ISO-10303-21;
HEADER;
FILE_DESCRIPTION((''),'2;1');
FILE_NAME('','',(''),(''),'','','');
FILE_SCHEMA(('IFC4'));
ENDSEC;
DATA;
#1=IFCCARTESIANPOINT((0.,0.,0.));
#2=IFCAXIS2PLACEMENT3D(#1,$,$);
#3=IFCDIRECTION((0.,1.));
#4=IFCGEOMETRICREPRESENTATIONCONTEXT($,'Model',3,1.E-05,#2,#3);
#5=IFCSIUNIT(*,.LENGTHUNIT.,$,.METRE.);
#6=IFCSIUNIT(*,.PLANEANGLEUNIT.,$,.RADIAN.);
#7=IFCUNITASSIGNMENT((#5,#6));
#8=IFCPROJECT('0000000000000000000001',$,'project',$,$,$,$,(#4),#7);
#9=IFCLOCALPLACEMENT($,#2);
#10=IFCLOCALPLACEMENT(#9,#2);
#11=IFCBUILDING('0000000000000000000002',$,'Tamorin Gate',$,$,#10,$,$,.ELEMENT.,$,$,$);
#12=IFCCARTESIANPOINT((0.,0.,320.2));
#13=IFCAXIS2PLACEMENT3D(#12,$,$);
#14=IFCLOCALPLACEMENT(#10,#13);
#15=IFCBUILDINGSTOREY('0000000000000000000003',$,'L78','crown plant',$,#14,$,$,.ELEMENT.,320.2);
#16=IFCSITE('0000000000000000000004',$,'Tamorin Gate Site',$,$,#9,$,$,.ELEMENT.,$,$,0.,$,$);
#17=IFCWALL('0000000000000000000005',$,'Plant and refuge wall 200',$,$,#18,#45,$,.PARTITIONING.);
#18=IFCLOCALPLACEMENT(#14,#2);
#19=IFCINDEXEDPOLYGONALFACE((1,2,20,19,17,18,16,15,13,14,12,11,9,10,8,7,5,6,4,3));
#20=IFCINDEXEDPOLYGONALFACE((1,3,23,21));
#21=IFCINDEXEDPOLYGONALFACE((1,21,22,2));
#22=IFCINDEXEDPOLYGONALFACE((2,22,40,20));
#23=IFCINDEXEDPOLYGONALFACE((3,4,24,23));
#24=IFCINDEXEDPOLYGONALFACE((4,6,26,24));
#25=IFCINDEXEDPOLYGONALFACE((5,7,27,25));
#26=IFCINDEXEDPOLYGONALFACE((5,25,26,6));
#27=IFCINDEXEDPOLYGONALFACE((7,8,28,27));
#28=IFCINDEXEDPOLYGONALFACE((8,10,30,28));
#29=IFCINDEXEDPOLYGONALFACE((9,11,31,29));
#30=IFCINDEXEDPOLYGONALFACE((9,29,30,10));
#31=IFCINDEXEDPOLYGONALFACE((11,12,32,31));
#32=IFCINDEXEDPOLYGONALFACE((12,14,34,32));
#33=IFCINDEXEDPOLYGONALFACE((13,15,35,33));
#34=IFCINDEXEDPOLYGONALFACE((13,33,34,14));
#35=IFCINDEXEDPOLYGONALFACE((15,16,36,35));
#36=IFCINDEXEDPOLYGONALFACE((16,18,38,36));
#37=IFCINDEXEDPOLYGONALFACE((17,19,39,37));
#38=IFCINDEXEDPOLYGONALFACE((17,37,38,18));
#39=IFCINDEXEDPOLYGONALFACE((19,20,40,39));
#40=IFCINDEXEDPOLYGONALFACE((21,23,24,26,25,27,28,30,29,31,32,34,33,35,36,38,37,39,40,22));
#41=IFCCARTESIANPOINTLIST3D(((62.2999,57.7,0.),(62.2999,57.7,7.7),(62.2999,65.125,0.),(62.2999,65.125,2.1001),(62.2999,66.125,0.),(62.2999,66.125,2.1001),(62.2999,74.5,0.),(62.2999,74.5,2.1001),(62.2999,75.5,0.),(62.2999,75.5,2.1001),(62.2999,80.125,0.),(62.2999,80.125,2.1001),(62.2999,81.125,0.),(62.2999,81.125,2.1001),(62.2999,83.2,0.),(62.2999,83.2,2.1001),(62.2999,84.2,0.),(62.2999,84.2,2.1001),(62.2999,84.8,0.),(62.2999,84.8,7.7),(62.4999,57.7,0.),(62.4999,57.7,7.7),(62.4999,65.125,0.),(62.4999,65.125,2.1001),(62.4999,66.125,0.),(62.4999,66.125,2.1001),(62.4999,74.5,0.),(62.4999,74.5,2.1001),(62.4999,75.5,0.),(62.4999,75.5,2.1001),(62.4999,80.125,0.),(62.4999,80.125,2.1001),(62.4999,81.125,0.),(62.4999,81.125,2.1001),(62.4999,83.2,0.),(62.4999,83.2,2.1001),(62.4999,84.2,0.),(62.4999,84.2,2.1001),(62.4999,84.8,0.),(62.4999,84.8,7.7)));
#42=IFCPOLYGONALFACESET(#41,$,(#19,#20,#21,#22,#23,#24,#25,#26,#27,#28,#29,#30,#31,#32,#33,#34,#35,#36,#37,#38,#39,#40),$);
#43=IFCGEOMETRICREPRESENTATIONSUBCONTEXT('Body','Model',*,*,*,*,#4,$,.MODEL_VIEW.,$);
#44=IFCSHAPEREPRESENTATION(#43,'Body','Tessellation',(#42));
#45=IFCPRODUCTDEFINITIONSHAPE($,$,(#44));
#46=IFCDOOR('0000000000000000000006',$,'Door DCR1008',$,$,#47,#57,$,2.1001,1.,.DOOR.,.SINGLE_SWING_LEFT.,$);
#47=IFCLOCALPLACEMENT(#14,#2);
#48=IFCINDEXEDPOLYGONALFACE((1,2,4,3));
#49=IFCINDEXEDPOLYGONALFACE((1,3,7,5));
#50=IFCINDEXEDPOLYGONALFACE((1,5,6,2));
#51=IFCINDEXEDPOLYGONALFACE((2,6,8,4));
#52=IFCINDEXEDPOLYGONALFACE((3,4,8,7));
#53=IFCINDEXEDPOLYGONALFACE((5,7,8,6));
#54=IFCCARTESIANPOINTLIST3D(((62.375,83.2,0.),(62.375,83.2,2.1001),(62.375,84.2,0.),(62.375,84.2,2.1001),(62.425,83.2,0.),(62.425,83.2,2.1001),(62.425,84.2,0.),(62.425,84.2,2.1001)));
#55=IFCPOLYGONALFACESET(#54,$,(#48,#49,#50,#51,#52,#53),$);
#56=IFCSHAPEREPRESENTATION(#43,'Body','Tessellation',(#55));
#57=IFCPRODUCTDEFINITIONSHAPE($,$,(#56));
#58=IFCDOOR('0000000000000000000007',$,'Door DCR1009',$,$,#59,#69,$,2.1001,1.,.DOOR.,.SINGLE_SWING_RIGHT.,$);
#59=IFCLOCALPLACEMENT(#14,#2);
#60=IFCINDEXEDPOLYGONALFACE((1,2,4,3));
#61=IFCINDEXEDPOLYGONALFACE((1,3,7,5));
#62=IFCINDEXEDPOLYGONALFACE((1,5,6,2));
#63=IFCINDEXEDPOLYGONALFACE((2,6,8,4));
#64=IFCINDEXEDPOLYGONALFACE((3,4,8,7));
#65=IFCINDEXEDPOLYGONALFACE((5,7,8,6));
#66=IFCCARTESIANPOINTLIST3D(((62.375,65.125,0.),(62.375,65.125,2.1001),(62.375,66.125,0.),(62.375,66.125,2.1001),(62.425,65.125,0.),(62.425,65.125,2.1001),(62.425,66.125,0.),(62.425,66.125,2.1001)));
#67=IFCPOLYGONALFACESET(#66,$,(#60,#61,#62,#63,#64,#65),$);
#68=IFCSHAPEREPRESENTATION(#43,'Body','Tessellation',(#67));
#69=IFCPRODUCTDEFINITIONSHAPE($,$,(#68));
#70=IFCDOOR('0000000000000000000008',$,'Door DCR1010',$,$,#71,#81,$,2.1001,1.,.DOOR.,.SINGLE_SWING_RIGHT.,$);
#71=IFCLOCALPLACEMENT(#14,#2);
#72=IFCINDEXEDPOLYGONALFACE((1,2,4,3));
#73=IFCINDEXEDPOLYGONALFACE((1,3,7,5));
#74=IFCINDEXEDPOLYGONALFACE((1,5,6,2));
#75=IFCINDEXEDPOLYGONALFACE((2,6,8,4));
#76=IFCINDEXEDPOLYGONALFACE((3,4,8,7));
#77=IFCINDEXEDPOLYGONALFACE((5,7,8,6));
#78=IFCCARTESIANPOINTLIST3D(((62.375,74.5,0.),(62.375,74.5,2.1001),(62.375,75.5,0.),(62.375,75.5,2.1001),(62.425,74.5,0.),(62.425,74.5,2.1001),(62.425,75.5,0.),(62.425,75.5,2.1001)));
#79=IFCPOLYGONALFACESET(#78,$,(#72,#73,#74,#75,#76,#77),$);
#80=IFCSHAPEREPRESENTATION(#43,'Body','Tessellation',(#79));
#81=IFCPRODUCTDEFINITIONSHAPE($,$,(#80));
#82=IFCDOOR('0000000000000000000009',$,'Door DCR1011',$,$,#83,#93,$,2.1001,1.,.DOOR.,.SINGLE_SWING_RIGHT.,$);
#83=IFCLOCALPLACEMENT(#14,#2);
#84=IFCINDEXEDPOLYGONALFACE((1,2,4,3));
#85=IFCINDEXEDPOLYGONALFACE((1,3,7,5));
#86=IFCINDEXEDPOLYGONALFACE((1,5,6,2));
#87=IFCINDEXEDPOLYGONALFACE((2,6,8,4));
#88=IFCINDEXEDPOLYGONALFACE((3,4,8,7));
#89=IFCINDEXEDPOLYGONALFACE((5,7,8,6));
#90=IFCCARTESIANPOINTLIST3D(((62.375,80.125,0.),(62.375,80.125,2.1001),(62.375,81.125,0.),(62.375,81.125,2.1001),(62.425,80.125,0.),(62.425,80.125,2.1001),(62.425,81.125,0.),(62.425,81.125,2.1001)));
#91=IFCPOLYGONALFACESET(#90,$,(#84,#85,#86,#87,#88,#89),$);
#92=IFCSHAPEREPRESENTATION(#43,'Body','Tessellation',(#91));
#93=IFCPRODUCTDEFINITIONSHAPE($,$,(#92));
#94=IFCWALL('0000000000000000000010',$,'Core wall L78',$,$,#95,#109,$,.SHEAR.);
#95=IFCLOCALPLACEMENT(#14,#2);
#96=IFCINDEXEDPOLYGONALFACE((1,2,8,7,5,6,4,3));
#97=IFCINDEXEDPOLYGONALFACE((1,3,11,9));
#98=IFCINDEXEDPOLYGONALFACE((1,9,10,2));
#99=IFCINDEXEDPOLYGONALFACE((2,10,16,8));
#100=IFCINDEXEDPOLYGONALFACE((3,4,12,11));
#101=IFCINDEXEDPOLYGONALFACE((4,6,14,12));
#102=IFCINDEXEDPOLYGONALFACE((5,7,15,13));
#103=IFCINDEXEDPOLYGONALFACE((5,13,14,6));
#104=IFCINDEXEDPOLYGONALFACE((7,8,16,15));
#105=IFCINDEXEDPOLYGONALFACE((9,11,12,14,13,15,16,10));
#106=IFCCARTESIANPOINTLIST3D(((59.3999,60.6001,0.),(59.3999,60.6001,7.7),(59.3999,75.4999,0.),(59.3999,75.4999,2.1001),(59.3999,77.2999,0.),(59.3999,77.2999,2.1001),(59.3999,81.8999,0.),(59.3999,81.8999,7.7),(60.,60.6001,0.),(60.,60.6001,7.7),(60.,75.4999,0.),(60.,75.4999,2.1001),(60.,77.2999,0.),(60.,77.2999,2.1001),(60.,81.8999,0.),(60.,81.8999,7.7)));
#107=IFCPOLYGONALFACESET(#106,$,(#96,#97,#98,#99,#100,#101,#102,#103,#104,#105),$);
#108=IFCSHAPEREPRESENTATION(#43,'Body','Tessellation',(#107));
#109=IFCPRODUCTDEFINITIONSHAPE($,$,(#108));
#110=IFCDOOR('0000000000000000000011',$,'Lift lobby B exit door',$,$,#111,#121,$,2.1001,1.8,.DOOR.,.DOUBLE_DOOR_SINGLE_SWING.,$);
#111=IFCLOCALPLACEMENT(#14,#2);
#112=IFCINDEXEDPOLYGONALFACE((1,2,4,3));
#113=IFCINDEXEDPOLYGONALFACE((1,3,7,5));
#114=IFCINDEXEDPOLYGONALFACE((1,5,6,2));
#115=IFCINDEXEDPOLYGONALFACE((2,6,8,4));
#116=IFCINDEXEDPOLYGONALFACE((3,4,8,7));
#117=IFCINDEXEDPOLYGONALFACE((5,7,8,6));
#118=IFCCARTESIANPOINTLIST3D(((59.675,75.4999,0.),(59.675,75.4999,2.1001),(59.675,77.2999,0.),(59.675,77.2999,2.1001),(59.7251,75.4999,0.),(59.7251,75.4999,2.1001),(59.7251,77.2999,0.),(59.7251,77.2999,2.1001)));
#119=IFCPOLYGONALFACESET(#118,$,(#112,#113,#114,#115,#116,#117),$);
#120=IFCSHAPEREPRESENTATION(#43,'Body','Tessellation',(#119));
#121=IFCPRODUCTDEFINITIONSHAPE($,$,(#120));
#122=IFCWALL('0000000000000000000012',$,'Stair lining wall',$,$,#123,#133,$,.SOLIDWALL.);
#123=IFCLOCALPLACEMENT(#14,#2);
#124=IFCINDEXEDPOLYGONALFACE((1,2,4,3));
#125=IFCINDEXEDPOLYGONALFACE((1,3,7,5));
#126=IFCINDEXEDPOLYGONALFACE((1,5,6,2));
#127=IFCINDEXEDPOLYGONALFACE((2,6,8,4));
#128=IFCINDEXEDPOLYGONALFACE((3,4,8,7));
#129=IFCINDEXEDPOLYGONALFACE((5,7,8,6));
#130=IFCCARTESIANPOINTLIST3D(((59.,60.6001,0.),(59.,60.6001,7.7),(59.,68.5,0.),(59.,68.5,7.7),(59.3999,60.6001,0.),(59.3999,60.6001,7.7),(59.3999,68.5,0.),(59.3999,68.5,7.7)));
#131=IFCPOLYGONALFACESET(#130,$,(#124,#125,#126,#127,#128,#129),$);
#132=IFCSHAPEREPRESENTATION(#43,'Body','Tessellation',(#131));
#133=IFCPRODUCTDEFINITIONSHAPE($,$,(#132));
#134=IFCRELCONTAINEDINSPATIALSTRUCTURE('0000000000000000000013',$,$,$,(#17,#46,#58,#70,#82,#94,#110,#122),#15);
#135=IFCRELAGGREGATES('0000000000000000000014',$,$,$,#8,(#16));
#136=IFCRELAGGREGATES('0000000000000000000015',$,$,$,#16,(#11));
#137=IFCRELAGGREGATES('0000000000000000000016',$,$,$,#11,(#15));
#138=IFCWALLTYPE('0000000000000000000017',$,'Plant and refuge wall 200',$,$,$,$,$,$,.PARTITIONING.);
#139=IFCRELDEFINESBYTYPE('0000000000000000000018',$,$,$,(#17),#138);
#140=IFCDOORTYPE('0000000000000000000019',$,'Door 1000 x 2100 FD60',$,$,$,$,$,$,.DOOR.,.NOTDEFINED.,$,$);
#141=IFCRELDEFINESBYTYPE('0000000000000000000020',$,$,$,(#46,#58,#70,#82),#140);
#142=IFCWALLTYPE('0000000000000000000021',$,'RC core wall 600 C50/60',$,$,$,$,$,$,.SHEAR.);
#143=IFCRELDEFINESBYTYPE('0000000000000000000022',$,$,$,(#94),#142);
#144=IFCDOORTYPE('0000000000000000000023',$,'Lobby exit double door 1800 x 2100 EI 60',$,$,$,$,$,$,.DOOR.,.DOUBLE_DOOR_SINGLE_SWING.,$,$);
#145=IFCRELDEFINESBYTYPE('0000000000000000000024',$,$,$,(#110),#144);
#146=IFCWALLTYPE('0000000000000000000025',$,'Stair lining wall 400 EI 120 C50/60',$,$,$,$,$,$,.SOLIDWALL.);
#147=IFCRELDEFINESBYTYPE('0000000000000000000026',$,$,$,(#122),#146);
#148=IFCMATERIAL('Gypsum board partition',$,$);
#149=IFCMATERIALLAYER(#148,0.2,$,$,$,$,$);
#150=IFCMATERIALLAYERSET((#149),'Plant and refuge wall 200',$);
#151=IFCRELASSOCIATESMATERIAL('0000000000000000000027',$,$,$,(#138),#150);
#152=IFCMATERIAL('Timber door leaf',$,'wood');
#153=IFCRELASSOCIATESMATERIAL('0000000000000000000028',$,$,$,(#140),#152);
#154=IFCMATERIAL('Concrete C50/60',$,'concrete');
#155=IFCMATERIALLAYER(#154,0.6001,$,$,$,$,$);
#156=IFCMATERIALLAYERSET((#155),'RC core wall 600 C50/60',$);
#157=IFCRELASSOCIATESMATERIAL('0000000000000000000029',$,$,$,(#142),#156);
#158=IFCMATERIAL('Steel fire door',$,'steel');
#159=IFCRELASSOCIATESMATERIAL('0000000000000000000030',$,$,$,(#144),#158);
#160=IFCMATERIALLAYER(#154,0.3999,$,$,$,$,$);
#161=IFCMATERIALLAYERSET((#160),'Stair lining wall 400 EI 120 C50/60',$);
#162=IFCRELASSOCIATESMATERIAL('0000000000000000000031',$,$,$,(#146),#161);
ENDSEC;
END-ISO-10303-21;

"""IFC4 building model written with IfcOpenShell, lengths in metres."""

from ifc_helpers import new_model, si_unit, direction, frame, frame_2d, origin, place, context, subcontext, project, spatial, rectangle, extrude, material, layer, layer_set, type_object, element, fill, save


model = new_model("IFC4")

# Units and contexts
model_context = context("Model", 3, precision=1e-05, world=origin(), true_north=direction((0.0, 1.0)))
body_context = subcontext(model_context, "Body", "Model", "MODEL_VIEW")
ifc_project = project(units=[si_unit("LENGTHUNIT", "METRE"), si_unit("PLANEANGLEUNIT", "RADIAN")], contexts=[model_context])

# Site, building, storey
site_placement = place(None, origin())
site = spatial("IfcSite", under=ifc_project, at=site_placement, Name="Tamorin Gate Site", CompositionType="ELEMENT", RefElevation=0.0)
building_placement = place(site_placement, origin())
building = spatial("IfcBuilding", under=site, at=building_placement, Name="Tamorin Gate", CompositionType="ELEMENT")
storey_placement = place(building_placement, frame((0.0, 0.0, 320.2)))
storey = spatial("IfcBuildingStorey", under=building, at=storey_placement, Name="L78", Description="crown plant", CompositionType="ELEMENT", Elevation=320.2)

# Shared definitions
ifc_material_1 = material(Name="Concrete C50/60", Category="concrete")

# Shared definitions
ifc_material_2 = material(Name="Gypsum board partition")
ifc_layer_1 = layer(ifc_material_2, 0.2)
ifc_layer_set_1 = layer_set([ifc_layer_1], Name="Plant and refuge wall 200")
wall_type_1 = type_object("IfcWallType", Name="Plant and refuge wall 200", PredefinedType="PARTITIONING", material=ifc_layer_set_1)

# Wall, openings, doors
wall_1_placement = place(storey_placement, frame((62.3999, 57.7, 0.0), z_axis=(0.0, 0.0, 1.0), x_axis=(0.0, 1.0, 0.0)))
wall_1 = element("IfcWall", 1, at=wall_1_placement, inside=storey, type_object=wall_type_1, Name="Plant and refuge wall 200", PredefinedType="PARTITIONING", context=body_context, shape_type="SweptSolid", body=[
    extrude(rectangle(XDim=27.1001, YDim=0.2, at=frame_2d((13.55, 0.0))), origin(), (0.0, 0.0, 1.0), 7.7),
])
opening_1_placement = place(wall_1_placement, frame((25.5, 0.0, 0.0)))
opening_1 = element("IfcOpeningElement", 2, at=opening_1_placement, cuts=wall_1, PredefinedType="OPENING", context=body_context, shape_type="SweptSolid", body=[
    extrude(rectangle(XDim=1.0, YDim=2.1001, at=frame_2d((0.5, 1.05))), frame((0.0, 0.1099, 0.0), z_axis=(0.0, -1.0, 0.0), x_axis=(1.0, 0.0, 0.0)), (0.0, 0.0, 1.0), 0.22),
])
opening_2_placement = place(wall_1_placement, frame((7.425, 0.0, 0.0)))
opening_2 = element("IfcOpeningElement", 3, at=opening_2_placement, cuts=wall_1, PredefinedType="OPENING", context=body_context, shape_type="SweptSolid", body=[
    extrude(rectangle(XDim=1.0, YDim=2.1001, at=frame_2d((0.5, 1.05))), frame((0.0, 0.1099, 0.0), z_axis=(0.0, -1.0, 0.0), x_axis=(1.0, 0.0, 0.0)), (0.0, 0.0, 1.0), 0.22),
])
opening_3_placement = place(wall_1_placement, frame((16.8, 0.0, 0.0)))
opening_3 = element("IfcOpeningElement", 4, at=opening_3_placement, cuts=wall_1, PredefinedType="OPENING", context=body_context, shape_type="SweptSolid", body=[
    extrude(rectangle(XDim=1.0, YDim=2.1001, at=frame_2d((0.5, 1.05))), frame((0.0, 0.1099, 0.0), z_axis=(0.0, -1.0, 0.0), x_axis=(1.0, 0.0, 0.0)), (0.0, 0.0, 1.0), 0.22),
])
opening_4_placement = place(wall_1_placement, frame((22.425, 0.0, 0.0)))
opening_4 = element("IfcOpeningElement", 5, at=opening_4_placement, cuts=wall_1, PredefinedType="OPENING", context=body_context, shape_type="SweptSolid", body=[
    extrude(rectangle(XDim=1.0, YDim=2.1001, at=frame_2d((0.5, 1.05))), frame((0.0, 0.1099, 0.0), z_axis=(0.0, -1.0, 0.0), x_axis=(1.0, 0.0, 0.0)), (0.0, 0.0, 1.0), 0.22),
])
ifc_material_3 = material(Name="Timber door leaf", Category="wood")
door_type_1 = type_object("IfcDoorType", Name="Door 1000 x 2100 FD60", OperationType="NOTDEFINED", PredefinedType="DOOR", material=ifc_material_3)
door_1_placement = place(opening_1_placement, origin())
door_1 = element("IfcDoor", 6, at=door_1_placement, inside=storey, type_object=door_type_1, Name="Door DCR1008", OperationType="SINGLE_SWING_LEFT", OverallHeight=2.1001, OverallWidth=1.0, PredefinedType="DOOR", context=body_context, shape_type="SweptSolid", body=[
    extrude(rectangle(XDim=1.0, YDim=2.1001, at=frame_2d((0.5, 1.05))), frame((0.0, 0.0249, 0.0), z_axis=(0.0, -1.0, 0.0), x_axis=(1.0, 0.0, 0.0)), (0.0, 0.0, 1.0), 0.05),
])
fill(opening_1, door_1)
door_2_placement = place(opening_2_placement, origin())
door_2 = element("IfcDoor", 7, at=door_2_placement, inside=storey, type_object=door_type_1, Name="Door DCR1009", OperationType="SINGLE_SWING_RIGHT", OverallHeight=2.1001, OverallWidth=1.0, PredefinedType="DOOR", context=body_context, shape_type="SweptSolid", body=[
    extrude(rectangle(XDim=1.0, YDim=2.1001, at=frame_2d((0.5, 1.05))), frame((0.0, 0.0249, 0.0), z_axis=(0.0, -1.0, 0.0), x_axis=(1.0, 0.0, 0.0)), (0.0, 0.0, 1.0), 0.05),
])
fill(opening_2, door_2)
door_3_placement = place(opening_3_placement, origin())
door_3 = element("IfcDoor", 8, at=door_3_placement, inside=storey, type_object=door_type_1, Name="Door DCR1010", OperationType="SINGLE_SWING_RIGHT", OverallHeight=2.1001, OverallWidth=1.0, PredefinedType="DOOR", context=body_context, shape_type="SweptSolid", body=[
    extrude(rectangle(XDim=1.0, YDim=2.1001, at=frame_2d((0.5, 1.05))), frame((0.0, 0.0249, 0.0), z_axis=(0.0, -1.0, 0.0), x_axis=(1.0, 0.0, 0.0)), (0.0, 0.0, 1.0), 0.05),
])
fill(opening_3, door_3)
door_4_placement = place(opening_4_placement, origin())
door_4 = element("IfcDoor", 9, at=door_4_placement, inside=storey, type_object=door_type_1, Name="Door DCR1011", OperationType="SINGLE_SWING_RIGHT", OverallHeight=2.1001, OverallWidth=1.0, PredefinedType="DOOR", context=body_context, shape_type="SweptSolid", body=[
    extrude(rectangle(XDim=1.0, YDim=2.1001, at=frame_2d((0.5, 1.05))), frame((0.0, 0.0249, 0.0), z_axis=(0.0, -1.0, 0.0), x_axis=(1.0, 0.0, 0.0)), (0.0, 0.0, 1.0), 0.05),
])
fill(opening_4, door_4)

# Wall, opening, door
ifc_layer_2 = layer(ifc_material_1, 0.6001)
ifc_layer_set_2 = layer_set([ifc_layer_2], Name="RC core wall 600 C50/60")
wall_type_2 = type_object("IfcWallType", Name="RC core wall 600 C50/60", PredefinedType="SHEAR", material=ifc_layer_set_2)
wall_2_placement = place(storey_placement, frame((59.7, 60.6001, 0.0), z_axis=(0.0, 0.0, 1.0), x_axis=(0.0, 1.0, 0.0)))
wall_2 = element("IfcWall", 10, at=wall_2_placement, inside=storey, type_object=wall_type_2, Name="Core wall L78", PredefinedType="SHEAR", context=body_context, shape_type="SweptSolid", body=[
    extrude(rectangle(XDim=21.2998, YDim=0.6001, at=frame_2d((10.6499, 0.0))), origin(), (0.0, 0.0, 1.0), 7.7),
])
opening_5_placement = place(wall_2_placement, frame((14.8999, 0.0, 0.0)))
opening_5 = element("IfcOpeningElement", 11, at=opening_5_placement, cuts=wall_2, PredefinedType="OPENING", context=body_context, shape_type="SweptSolid", body=[
    extrude(rectangle(XDim=1.8, YDim=2.1001, at=frame_2d((0.8999, 1.05))), frame((0.0, 0.3101, 0.0), z_axis=(0.0, -1.0, 0.0), x_axis=(1.0, 0.0, 0.0)), (0.0, 0.0, 1.0), 0.6201),
])
ifc_material_4 = material(Name="Steel fire door", Category="steel")
door_type_2 = type_object("IfcDoorType", Name="Lobby exit double door 1800 x 2100 EI 60", OperationType="DOUBLE_DOOR_SINGLE_SWING", PredefinedType="DOOR", material=ifc_material_4)
door_5_placement = place(opening_5_placement, origin())
door_5 = element("IfcDoor", 12, at=door_5_placement, inside=storey, type_object=door_type_2, Name="Lift lobby B exit door", OperationType="DOUBLE_DOOR_SINGLE_SWING", OverallHeight=2.1001, OverallWidth=1.8, PredefinedType="DOOR", context=body_context, shape_type="SweptSolid", body=[
    extrude(rectangle(XDim=1.8, YDim=2.1001, at=frame_2d((0.8999, 1.05))), frame((0.0, 0.0249, 0.0), z_axis=(0.0, -1.0, 0.0), x_axis=(1.0, 0.0, 0.0)), (0.0, 0.0, 1.0), 0.05),
])
fill(opening_5, door_5)

# Wall
ifc_layer_3 = layer(ifc_material_1, 0.3999)
ifc_layer_set_3 = layer_set([ifc_layer_3], Name="Stair lining wall 400 EI 120 C50/60")
wall_type_3 = type_object("IfcWallType", Name="Stair lining wall 400 EI 120 C50/60", PredefinedType="SOLIDWALL", material=ifc_layer_set_3)
wall_3_placement = place(storey_placement, frame((59.2, 60.6001, 0.0), z_axis=(0.0, 0.0, 1.0), x_axis=(0.0, 1.0, 0.0)))
element("IfcWall", 13, at=wall_3_placement, inside=storey, type_object=wall_type_3, Name="Stair lining wall", PredefinedType="SOLIDWALL", context=body_context, shape_type="SweptSolid", body=[
    extrude(rectangle(XDim=7.8999, YDim=0.3999, at=frame_2d((3.95, 0.0))), origin(), (0.0, 0.0, 1.0), 7.7),
])

save(model, "model.ifc")
